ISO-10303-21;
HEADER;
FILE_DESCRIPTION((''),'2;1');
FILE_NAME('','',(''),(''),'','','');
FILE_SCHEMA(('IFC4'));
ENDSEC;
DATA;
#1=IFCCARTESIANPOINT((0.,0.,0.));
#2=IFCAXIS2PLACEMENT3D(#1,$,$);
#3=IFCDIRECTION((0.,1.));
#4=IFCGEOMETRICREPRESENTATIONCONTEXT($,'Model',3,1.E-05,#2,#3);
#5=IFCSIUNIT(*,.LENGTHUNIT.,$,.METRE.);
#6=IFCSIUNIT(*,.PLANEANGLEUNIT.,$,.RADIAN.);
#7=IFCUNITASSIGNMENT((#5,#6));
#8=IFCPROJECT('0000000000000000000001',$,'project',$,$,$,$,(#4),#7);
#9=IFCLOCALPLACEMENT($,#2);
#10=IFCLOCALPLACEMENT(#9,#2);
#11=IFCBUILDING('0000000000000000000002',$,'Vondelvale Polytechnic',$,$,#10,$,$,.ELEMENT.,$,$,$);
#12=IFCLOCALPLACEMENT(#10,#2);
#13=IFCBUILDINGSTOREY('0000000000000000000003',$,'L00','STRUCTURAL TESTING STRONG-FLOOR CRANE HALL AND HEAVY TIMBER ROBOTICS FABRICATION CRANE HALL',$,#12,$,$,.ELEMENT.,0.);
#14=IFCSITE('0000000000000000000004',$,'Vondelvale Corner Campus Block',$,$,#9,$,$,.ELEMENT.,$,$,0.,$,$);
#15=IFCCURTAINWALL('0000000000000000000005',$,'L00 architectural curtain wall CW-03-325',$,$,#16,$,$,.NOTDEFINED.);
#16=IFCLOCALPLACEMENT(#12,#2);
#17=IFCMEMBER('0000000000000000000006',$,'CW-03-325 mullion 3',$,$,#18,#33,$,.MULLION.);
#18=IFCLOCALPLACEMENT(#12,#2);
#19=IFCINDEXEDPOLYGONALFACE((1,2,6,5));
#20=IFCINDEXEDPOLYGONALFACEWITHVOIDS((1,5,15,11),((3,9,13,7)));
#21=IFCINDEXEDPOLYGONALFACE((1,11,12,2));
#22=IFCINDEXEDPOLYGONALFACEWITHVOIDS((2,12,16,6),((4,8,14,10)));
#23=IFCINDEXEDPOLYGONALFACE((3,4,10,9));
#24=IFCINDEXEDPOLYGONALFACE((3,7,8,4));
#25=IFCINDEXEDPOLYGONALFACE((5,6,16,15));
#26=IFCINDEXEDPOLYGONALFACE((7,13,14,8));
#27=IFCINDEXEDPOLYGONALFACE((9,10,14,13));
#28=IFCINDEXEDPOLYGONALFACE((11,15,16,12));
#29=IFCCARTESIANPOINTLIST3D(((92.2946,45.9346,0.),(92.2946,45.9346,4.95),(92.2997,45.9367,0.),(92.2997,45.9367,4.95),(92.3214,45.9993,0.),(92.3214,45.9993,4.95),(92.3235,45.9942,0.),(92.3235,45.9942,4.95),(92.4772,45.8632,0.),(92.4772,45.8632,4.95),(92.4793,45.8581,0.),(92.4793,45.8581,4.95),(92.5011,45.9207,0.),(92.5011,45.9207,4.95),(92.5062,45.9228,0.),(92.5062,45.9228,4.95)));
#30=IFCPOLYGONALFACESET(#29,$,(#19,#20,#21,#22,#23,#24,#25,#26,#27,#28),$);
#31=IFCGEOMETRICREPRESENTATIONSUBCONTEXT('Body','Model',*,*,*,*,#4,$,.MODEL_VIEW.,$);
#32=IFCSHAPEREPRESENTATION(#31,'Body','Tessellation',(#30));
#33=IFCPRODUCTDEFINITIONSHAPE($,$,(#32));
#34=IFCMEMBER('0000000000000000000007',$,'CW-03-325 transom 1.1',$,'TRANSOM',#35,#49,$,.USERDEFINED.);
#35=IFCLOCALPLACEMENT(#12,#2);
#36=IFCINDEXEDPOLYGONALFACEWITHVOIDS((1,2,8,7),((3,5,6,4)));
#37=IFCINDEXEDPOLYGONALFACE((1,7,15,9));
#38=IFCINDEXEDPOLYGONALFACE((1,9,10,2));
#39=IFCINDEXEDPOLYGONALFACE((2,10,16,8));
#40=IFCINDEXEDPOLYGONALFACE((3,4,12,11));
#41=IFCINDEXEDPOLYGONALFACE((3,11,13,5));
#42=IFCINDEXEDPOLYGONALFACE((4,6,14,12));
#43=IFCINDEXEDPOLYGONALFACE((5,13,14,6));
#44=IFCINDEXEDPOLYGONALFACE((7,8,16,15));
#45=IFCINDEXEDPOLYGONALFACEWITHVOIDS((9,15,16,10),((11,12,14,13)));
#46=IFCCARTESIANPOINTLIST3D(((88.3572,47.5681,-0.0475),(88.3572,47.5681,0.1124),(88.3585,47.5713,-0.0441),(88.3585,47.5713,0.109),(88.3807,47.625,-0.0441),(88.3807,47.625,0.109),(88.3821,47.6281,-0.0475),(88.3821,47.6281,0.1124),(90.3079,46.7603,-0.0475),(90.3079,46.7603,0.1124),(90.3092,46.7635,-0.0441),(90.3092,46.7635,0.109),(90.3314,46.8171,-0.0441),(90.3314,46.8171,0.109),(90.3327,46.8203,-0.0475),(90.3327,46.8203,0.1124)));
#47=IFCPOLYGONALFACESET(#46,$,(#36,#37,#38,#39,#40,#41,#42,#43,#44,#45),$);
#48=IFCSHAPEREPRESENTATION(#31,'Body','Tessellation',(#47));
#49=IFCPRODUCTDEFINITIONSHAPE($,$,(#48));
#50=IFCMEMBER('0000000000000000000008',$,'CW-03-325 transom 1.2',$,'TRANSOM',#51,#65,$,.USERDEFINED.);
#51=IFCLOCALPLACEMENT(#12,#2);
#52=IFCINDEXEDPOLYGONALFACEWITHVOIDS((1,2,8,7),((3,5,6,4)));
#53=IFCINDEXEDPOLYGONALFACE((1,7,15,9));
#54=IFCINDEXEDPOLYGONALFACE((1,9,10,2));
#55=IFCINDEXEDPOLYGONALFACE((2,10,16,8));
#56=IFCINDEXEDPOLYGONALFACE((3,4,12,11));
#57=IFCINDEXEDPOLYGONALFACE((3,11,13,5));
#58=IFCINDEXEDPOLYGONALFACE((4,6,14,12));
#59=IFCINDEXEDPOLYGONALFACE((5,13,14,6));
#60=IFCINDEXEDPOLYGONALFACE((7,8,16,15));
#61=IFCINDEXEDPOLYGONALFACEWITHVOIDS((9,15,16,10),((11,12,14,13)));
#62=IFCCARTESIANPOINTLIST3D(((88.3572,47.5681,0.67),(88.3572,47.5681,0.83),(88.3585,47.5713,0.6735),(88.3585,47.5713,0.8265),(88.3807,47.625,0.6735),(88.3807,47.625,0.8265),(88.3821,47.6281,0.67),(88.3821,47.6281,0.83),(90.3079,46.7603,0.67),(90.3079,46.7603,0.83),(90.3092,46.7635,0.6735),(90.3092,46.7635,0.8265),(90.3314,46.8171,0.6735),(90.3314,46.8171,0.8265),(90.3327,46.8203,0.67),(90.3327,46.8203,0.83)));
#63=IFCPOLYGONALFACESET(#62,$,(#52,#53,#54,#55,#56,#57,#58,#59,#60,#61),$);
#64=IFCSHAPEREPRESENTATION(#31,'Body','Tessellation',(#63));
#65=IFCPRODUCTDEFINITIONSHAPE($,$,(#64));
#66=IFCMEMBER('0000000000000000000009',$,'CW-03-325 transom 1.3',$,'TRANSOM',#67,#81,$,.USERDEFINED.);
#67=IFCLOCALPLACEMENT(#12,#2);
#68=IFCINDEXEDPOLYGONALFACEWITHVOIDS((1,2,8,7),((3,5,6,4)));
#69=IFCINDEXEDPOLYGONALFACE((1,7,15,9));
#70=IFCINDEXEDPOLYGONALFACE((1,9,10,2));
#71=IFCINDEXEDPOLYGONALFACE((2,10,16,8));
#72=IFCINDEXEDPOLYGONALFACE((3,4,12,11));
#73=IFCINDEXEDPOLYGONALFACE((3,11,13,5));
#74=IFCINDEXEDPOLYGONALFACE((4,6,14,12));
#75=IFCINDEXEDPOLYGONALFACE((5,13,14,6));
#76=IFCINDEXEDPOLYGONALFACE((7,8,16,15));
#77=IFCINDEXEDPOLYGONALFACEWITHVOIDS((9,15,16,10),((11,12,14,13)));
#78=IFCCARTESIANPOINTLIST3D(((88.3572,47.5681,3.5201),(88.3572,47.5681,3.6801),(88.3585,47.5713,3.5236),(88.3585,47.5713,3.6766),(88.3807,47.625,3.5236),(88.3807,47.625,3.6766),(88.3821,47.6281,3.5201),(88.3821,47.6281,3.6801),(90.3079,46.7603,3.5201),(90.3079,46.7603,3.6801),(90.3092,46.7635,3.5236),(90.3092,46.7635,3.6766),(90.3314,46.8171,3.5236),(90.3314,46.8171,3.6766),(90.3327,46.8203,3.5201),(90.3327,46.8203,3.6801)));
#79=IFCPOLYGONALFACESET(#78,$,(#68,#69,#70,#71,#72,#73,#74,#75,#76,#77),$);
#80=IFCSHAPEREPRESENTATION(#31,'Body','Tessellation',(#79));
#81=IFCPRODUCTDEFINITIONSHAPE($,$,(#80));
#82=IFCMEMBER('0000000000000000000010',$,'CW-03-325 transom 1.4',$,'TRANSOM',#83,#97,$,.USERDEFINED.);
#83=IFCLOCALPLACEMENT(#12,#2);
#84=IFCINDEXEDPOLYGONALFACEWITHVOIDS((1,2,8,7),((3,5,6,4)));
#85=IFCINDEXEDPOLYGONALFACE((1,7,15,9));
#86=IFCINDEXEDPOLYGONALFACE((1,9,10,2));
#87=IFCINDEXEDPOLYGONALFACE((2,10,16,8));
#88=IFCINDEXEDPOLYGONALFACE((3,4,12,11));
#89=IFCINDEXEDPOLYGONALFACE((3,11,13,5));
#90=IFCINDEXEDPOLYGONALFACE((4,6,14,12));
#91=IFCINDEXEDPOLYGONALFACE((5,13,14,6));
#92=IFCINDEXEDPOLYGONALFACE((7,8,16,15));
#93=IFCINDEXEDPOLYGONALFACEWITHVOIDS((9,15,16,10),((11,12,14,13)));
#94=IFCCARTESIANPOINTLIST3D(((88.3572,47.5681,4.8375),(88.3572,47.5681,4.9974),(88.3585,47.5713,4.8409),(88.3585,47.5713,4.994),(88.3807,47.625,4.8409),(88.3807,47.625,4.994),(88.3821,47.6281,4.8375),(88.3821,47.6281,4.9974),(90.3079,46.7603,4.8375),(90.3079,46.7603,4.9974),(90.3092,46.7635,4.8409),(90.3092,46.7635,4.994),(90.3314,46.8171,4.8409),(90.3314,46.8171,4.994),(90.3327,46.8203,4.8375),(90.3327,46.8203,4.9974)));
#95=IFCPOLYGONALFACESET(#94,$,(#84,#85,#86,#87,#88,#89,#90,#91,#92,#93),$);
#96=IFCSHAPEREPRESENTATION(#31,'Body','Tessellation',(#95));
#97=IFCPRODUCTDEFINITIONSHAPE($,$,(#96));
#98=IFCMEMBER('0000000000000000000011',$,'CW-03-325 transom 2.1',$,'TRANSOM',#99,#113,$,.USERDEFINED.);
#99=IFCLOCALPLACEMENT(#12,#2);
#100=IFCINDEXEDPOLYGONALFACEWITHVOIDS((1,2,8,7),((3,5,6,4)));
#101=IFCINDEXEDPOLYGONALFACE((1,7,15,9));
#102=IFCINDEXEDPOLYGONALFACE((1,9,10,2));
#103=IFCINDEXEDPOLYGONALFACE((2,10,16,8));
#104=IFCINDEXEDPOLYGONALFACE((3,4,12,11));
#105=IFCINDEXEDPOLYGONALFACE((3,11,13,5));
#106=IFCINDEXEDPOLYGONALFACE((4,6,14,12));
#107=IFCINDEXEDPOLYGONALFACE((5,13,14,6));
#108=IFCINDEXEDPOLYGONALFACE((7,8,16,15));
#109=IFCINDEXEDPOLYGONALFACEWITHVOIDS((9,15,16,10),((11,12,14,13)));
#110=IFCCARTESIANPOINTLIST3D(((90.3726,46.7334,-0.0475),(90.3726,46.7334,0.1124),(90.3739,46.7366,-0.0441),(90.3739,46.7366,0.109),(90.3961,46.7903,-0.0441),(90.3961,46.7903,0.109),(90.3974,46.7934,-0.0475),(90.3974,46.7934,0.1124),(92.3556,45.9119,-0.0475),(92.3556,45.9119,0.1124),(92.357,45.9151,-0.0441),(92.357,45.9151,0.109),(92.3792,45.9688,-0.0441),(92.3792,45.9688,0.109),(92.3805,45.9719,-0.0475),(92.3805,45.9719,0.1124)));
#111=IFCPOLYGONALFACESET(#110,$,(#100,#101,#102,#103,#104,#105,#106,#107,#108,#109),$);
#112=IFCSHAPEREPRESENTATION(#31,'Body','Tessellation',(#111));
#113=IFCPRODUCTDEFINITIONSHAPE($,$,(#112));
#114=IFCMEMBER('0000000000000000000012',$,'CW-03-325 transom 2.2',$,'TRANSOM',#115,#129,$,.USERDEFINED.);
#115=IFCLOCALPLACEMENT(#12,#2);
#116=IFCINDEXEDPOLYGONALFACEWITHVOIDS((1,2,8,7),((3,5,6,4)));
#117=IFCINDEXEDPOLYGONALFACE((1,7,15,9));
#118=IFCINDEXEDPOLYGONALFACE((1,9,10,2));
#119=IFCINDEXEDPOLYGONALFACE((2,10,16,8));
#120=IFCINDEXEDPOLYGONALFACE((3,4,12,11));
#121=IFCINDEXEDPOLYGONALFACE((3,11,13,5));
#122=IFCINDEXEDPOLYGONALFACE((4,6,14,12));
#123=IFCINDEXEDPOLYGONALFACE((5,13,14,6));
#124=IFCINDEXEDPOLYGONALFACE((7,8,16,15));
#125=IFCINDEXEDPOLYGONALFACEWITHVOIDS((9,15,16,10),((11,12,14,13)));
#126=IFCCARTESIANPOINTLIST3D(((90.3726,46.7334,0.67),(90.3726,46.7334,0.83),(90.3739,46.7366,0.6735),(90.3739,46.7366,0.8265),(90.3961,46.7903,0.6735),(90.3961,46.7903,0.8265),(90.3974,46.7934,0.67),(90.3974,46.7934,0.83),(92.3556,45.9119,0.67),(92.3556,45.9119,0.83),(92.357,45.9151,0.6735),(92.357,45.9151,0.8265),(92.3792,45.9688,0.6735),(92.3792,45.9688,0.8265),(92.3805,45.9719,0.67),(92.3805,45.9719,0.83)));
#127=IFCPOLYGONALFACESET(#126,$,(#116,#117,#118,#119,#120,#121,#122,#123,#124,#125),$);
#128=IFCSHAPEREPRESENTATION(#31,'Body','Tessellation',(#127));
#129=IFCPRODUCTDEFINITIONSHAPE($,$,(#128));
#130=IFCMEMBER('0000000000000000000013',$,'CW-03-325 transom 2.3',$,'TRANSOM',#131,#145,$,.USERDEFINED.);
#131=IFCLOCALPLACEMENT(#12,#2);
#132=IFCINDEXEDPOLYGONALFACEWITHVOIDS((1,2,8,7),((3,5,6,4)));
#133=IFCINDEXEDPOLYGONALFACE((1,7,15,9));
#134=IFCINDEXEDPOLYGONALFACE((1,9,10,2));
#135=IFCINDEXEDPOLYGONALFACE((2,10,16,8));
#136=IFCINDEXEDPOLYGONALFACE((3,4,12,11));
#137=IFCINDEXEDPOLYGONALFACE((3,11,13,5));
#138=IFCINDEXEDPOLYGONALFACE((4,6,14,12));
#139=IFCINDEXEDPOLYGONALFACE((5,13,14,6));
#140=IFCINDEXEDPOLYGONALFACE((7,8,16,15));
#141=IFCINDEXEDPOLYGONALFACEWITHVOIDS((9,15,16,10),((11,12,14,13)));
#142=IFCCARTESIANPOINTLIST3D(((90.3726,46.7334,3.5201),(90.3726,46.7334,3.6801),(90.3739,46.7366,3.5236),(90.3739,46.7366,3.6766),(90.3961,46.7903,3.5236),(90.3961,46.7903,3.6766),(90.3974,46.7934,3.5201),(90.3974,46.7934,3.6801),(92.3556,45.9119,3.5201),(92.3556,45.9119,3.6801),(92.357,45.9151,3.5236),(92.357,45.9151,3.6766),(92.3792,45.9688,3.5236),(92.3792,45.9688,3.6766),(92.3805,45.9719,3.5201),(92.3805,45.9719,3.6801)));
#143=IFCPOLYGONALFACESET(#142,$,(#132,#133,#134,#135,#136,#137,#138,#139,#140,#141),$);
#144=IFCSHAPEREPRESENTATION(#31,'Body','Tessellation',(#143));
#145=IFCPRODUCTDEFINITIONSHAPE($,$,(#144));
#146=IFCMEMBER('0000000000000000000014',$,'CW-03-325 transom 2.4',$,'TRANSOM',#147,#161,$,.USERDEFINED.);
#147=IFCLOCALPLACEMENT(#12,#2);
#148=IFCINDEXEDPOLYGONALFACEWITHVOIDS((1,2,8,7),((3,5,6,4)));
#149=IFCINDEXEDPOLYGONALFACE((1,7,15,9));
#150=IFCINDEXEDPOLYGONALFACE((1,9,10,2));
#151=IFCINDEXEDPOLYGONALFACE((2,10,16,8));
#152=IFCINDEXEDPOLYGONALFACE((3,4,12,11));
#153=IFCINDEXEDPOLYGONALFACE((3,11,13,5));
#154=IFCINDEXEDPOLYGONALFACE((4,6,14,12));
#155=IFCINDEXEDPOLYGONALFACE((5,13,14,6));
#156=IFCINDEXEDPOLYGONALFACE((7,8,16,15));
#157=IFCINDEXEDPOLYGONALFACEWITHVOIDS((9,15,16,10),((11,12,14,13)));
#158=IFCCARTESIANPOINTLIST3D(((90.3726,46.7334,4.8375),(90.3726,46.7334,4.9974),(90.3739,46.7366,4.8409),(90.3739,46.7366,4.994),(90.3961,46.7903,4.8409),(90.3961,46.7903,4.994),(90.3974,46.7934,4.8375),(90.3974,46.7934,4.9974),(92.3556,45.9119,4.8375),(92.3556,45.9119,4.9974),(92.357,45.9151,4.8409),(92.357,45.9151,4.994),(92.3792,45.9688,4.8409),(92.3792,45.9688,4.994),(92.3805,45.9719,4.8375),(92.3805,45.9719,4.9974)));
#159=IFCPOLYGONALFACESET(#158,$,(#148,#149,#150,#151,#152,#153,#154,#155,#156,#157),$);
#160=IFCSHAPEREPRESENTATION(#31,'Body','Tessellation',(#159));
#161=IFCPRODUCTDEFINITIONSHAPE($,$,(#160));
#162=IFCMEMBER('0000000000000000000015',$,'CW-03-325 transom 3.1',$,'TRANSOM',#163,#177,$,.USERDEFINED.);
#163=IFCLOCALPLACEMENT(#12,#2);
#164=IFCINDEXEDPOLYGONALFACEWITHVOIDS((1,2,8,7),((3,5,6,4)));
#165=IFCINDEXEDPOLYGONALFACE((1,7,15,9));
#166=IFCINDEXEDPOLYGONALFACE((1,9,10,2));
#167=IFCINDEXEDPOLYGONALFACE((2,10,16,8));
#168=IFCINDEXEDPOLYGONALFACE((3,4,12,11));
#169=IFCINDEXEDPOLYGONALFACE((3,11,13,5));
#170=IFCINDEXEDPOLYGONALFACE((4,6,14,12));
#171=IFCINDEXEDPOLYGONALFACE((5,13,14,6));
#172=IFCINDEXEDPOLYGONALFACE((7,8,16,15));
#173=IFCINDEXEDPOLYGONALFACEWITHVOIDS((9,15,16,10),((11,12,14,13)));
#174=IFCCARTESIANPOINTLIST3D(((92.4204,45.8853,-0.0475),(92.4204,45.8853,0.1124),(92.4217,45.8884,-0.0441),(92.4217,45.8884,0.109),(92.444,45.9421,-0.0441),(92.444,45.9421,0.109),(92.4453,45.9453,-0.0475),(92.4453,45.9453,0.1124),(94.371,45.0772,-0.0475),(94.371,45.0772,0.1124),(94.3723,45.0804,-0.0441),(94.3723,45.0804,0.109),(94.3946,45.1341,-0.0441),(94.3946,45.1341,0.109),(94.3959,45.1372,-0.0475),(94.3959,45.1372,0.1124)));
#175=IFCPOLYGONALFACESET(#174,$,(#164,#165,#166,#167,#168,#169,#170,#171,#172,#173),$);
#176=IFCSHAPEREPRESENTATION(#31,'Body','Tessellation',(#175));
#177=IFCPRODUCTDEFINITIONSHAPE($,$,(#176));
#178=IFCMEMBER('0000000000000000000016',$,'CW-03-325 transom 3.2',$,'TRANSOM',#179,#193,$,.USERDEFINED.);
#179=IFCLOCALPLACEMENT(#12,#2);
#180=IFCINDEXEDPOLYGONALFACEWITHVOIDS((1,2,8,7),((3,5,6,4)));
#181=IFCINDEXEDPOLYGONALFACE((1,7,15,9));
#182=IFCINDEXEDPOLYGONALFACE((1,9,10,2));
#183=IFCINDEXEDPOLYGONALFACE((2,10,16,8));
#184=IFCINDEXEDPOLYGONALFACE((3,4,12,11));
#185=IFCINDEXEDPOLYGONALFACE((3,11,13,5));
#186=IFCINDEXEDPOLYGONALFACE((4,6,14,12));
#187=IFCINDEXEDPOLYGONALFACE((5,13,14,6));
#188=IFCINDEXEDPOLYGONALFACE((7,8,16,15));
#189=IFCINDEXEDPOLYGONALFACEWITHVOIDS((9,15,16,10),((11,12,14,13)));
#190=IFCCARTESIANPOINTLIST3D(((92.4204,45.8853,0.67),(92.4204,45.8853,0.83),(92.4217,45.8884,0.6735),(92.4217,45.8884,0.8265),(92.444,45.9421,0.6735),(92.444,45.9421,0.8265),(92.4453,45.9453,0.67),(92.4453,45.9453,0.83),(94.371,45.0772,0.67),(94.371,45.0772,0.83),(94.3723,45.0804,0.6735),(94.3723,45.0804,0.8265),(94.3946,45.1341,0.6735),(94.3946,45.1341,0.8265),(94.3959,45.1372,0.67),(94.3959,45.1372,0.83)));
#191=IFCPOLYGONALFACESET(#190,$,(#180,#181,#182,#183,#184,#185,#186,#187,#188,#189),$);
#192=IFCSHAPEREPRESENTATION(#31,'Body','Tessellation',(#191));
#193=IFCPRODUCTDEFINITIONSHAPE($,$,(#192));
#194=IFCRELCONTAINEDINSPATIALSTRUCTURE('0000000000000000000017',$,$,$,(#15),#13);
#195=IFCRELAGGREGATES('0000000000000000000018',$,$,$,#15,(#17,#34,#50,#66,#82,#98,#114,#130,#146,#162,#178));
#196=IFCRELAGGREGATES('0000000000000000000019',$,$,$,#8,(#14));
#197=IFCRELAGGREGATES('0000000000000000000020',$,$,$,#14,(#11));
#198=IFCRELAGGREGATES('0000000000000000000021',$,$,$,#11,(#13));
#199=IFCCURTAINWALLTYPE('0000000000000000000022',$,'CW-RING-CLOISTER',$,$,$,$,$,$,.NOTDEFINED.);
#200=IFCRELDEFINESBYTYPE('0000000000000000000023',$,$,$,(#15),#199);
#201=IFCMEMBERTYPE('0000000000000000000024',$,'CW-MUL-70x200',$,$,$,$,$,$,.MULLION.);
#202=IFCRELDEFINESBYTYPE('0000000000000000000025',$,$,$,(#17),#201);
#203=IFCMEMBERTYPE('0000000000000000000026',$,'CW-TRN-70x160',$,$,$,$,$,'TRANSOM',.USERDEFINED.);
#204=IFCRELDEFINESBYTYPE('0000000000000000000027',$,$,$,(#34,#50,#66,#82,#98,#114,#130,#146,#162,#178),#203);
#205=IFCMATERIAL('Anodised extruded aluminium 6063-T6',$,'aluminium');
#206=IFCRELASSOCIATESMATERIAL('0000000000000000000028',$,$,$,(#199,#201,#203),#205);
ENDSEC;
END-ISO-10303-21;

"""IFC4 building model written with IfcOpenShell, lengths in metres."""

from ifc_helpers import new_model, si_unit, direction, frame, origin, origin_2d, place, context, subcontext, project, spatial, hollow_rectangle, extrude, material, material_profile, profile_set, type_object, element, aggregate, save


model = new_model("IFC4")

# Units and contexts
model_context = context("Model", 3, precision=1e-05, world=origin(), true_north=direction((0.0, 1.0)))
body_context = subcontext(model_context, "Body", "Model", "MODEL_VIEW")
ifc_project = project(units=[si_unit("LENGTHUNIT", "METRE"), si_unit("PLANEANGLEUNIT", "RADIAN")], contexts=[model_context])

# Site, building, storey
site_placement = place(None, origin())
site = spatial("IfcSite", under=ifc_project, at=site_placement, Name="Vondelvale Corner Campus Block", CompositionType="ELEMENT", RefElevation=0.0)
building_placement = place(site_placement, origin())
building = spatial("IfcBuilding", under=site, at=building_placement, Name="Vondelvale Polytechnic", CompositionType="ELEMENT")
storey_placement = place(building_placement, origin())
storey = spatial("IfcBuildingStorey", under=building, at=storey_placement, Name="L00", Description="STRUCTURAL TESTING STRONG-FLOOR CRANE HALL AND HEAVY TIMBER ROBOTICS FABRICATION CRANE HALL", CompositionType="ELEMENT", Elevation=0.0)

# Curtain wall, members
ifc_material_1 = material(Name="Anodised extruded aluminium 6063-T6", Category="aluminium")
curtain_wall_type = type_object("IfcCurtainWallType", Name="CW-RING-CLOISTER", PredefinedType="NOTDEFINED", material=ifc_material_1)
curtain_wall_placement = place(storey_placement, origin())
curtain_wall = element("IfcCurtainWall", 1, at=curtain_wall_placement, inside=storey, type_object=curtain_wall_type, Name="L00 architectural curtain wall CW-03-325", PredefinedType="NOTDEFINED")
ifc_material_profile_1 = material_profile(ifc_material_1, hollow_rectangle(XDim=0.0701, YDim=0.2, WallThickness=0.0039, at=origin_2d()), Name="CW-MUL-200x70")
ifc_profile_set_1 = profile_set([ifc_material_profile_1], Name="Anodised extruded aluminium 6063-T6")
member_type_1 = type_object("IfcMemberType", Name="CW-MUL-70x200", PredefinedType="MULLION", material=ifc_profile_set_1)
member_1_placement = place(storey_placement, frame((92.4004, 45.9287, 0.0), z_axis=(0.0, 0.0, 1.0), x_axis=(0.382679, 0.923882, 0.0)))
member_1 = element("IfcMember", 2, at=member_1_placement, type_object=member_type_1, Name="CW-03-325 mullion 3", PredefinedType="MULLION", context=body_context, shape_type="SweptSolid", body=[
    extrude(hollow_rectangle(XDim=0.0701, YDim=0.2, WallThickness=0.0039, at=origin_2d()), origin(), (0.0, 0.0, 1.0), 4.95),
])
ifc_material_profile_2 = material_profile(ifc_material_1, hollow_rectangle(XDim=0.0649, YDim=0.1599, WallThickness=0.0034, at=origin_2d()), Name="CW-TRN-160x65")
ifc_profile_set_2 = profile_set([ifc_material_profile_2], Name="Anodised extruded aluminium 6063-T6")
member_type_2 = type_object("IfcMemberType", Name="CW-TRN-70x160", ElementType="TRANSOM", PredefinedType="USERDEFINED", material=ifc_profile_set_2)
member_2_placement = place(storey_placement, frame((88.3696, 47.5981, 0.0325), z_axis=(0.923903, -0.382628, 0.0), x_axis=(0.382628, 0.923903, 0.0)))
member_2 = element("IfcMember", 3, at=member_2_placement, type_object=member_type_2, Name="CW-03-325 transom 1.1", ObjectType="TRANSOM", PredefinedType="USERDEFINED", context=body_context, shape_type="SweptSolid", body=[
    extrude(hollow_rectangle(XDim=0.0649, YDim=0.1599, WallThickness=0.0034, at=origin_2d()), origin(), (0.0, 0.0, 1.0), 2.1113),
])
member_3_placement = place(storey_placement, frame((88.3696, 47.5981, 0.75), z_axis=(0.923903, -0.382628, 0.0), x_axis=(0.382628, 0.923903, 0.0)))
member_3 = element("IfcMember", 4, at=member_3_placement, type_object=member_type_2, Name="CW-03-325 transom 1.2", ObjectType="TRANSOM", PredefinedType="USERDEFINED", context=body_context, shape_type="SweptSolid", body=[
    extrude(hollow_rectangle(XDim=0.0649, YDim=0.1599, WallThickness=0.0034, at=origin_2d()), origin(), (0.0, 0.0, 1.0), 2.1113),
])
member_4_placement = place(storey_placement, frame((88.3696, 47.5981, 3.6001), z_axis=(0.923903, -0.382628, 0.0), x_axis=(0.382628, 0.923903, 0.0)))
member_4 = element("IfcMember", 5, at=member_4_placement, type_object=member_type_2, Name="CW-03-325 transom 1.3", ObjectType="TRANSOM", PredefinedType="USERDEFINED", context=body_context, shape_type="SweptSolid", body=[
    extrude(hollow_rectangle(XDim=0.0649, YDim=0.1599, WallThickness=0.0034, at=origin_2d()), origin(), (0.0, 0.0, 1.0), 2.1113),
])
member_5_placement = place(storey_placement, frame((88.3696, 47.5981, 4.9175), z_axis=(0.923903, -0.382628, 0.0), x_axis=(0.382628, 0.923903, 0.0)))
member_5 = element("IfcMember", 6, at=member_5_placement, type_object=member_type_2, Name="CW-03-325 transom 1.4", ObjectType="TRANSOM", PredefinedType="USERDEFINED", context=body_context, shape_type="SweptSolid", body=[
    extrude(hollow_rectangle(XDim=0.0649, YDim=0.1599, WallThickness=0.0034, at=origin_2d()), origin(), (0.0, 0.0, 1.0), 2.1113),
])
member_6_placement = place(storey_placement, frame((90.385, 46.7634, 0.0325), z_axis=(0.923866, -0.382717, 0.0), x_axis=(0.382717, 0.923866, 0.0)))
member_6 = element("IfcMember", 7, at=member_6_placement, type_object=member_type_2, Name="CW-03-325 transom 2.1", ObjectType="TRANSOM", PredefinedType="USERDEFINED", context=body_context, shape_type="SweptSolid", body=[
    extrude(hollow_rectangle(XDim=0.0649, YDim=0.1599, WallThickness=0.0034, at=origin_2d()), origin(), (0.0, 0.0, 1.0), 2.1465),
])
member_7_placement = place(storey_placement, frame((90.385, 46.7634, 0.75), z_axis=(0.923866, -0.382717, 0.0), x_axis=(0.382717, 0.923866, 0.0)))
member_7 = element("IfcMember", 8, at=member_7_placement, type_object=member_type_2, Name="CW-03-325 transom 2.2", ObjectType="TRANSOM", PredefinedType="USERDEFINED", context=body_context, shape_type="SweptSolid", body=[
    extrude(hollow_rectangle(XDim=0.0649, YDim=0.1599, WallThickness=0.0034, at=origin_2d()), origin(), (0.0, 0.0, 1.0), 2.1465),
])
member_8_placement = place(storey_placement, frame((90.385, 46.7634, 3.6001), z_axis=(0.923866, -0.382717, 0.0), x_axis=(0.382717, 0.923866, 0.0)))
member_8 = element("IfcMember", 9, at=member_8_placement, type_object=member_type_2, Name="CW-03-325 transom 2.3", ObjectType="TRANSOM", PredefinedType="USERDEFINED", context=body_context, shape_type="SweptSolid", body=[
    extrude(hollow_rectangle(XDim=0.0649, YDim=0.1599, WallThickness=0.0034, at=origin_2d()), origin(), (0.0, 0.0, 1.0), 2.1465),
])
member_9_placement = place(storey_placement, frame((90.385, 46.7634, 4.9175), z_axis=(0.923866, -0.382717, 0.0), x_axis=(0.382717, 0.923866, 0.0)))
member_9 = element("IfcMember", 10, at=member_9_placement, type_object=member_type_2, Name="CW-03-325 transom 2.4", ObjectType="TRANSOM", PredefinedType="USERDEFINED", context=body_context, shape_type="SweptSolid", body=[
    extrude(hollow_rectangle(XDim=0.0649, YDim=0.1599, WallThickness=0.0034, at=origin_2d()), origin(), (0.0, 0.0, 1.0), 2.1465),
])
member_10_placement = place(storey_placement, frame((92.4329, 45.9153, 0.0325), z_axis=(0.923862, -0.382726, 0.0), x_axis=(0.382726, 0.923862, 0.0)))
member_10 = element("IfcMember", 11, at=member_10_placement, type_object=member_type_2, Name="CW-03-325 transom 3.1", ObjectType="TRANSOM", PredefinedType="USERDEFINED", context=body_context, shape_type="SweptSolid", body=[
    extrude(hollow_rectangle(XDim=0.0649, YDim=0.1599, WallThickness=0.0034, at=origin_2d()), origin(), (0.0, 0.0, 1.0), 2.1113),
])
member_11_placement = place(storey_placement, frame((92.4329, 45.9153, 0.75), z_axis=(0.923862, -0.382726, 0.0), x_axis=(0.382726, 0.923862, 0.0)))
member_11 = element("IfcMember", 12, at=member_11_placement, type_object=member_type_2, Name="CW-03-325 transom 3.2", ObjectType="TRANSOM", PredefinedType="USERDEFINED", context=body_context, shape_type="SweptSolid", body=[
    extrude(hollow_rectangle(XDim=0.0649, YDim=0.1599, WallThickness=0.0034, at=origin_2d()), origin(), (0.0, 0.0, 1.0), 2.1113),
])
aggregate(curtain_wall, [member_1, member_2, member_3, member_4, member_5, member_6, member_7, member_8, member_9, member_10, member_11])

save(model, "model.ifc")
